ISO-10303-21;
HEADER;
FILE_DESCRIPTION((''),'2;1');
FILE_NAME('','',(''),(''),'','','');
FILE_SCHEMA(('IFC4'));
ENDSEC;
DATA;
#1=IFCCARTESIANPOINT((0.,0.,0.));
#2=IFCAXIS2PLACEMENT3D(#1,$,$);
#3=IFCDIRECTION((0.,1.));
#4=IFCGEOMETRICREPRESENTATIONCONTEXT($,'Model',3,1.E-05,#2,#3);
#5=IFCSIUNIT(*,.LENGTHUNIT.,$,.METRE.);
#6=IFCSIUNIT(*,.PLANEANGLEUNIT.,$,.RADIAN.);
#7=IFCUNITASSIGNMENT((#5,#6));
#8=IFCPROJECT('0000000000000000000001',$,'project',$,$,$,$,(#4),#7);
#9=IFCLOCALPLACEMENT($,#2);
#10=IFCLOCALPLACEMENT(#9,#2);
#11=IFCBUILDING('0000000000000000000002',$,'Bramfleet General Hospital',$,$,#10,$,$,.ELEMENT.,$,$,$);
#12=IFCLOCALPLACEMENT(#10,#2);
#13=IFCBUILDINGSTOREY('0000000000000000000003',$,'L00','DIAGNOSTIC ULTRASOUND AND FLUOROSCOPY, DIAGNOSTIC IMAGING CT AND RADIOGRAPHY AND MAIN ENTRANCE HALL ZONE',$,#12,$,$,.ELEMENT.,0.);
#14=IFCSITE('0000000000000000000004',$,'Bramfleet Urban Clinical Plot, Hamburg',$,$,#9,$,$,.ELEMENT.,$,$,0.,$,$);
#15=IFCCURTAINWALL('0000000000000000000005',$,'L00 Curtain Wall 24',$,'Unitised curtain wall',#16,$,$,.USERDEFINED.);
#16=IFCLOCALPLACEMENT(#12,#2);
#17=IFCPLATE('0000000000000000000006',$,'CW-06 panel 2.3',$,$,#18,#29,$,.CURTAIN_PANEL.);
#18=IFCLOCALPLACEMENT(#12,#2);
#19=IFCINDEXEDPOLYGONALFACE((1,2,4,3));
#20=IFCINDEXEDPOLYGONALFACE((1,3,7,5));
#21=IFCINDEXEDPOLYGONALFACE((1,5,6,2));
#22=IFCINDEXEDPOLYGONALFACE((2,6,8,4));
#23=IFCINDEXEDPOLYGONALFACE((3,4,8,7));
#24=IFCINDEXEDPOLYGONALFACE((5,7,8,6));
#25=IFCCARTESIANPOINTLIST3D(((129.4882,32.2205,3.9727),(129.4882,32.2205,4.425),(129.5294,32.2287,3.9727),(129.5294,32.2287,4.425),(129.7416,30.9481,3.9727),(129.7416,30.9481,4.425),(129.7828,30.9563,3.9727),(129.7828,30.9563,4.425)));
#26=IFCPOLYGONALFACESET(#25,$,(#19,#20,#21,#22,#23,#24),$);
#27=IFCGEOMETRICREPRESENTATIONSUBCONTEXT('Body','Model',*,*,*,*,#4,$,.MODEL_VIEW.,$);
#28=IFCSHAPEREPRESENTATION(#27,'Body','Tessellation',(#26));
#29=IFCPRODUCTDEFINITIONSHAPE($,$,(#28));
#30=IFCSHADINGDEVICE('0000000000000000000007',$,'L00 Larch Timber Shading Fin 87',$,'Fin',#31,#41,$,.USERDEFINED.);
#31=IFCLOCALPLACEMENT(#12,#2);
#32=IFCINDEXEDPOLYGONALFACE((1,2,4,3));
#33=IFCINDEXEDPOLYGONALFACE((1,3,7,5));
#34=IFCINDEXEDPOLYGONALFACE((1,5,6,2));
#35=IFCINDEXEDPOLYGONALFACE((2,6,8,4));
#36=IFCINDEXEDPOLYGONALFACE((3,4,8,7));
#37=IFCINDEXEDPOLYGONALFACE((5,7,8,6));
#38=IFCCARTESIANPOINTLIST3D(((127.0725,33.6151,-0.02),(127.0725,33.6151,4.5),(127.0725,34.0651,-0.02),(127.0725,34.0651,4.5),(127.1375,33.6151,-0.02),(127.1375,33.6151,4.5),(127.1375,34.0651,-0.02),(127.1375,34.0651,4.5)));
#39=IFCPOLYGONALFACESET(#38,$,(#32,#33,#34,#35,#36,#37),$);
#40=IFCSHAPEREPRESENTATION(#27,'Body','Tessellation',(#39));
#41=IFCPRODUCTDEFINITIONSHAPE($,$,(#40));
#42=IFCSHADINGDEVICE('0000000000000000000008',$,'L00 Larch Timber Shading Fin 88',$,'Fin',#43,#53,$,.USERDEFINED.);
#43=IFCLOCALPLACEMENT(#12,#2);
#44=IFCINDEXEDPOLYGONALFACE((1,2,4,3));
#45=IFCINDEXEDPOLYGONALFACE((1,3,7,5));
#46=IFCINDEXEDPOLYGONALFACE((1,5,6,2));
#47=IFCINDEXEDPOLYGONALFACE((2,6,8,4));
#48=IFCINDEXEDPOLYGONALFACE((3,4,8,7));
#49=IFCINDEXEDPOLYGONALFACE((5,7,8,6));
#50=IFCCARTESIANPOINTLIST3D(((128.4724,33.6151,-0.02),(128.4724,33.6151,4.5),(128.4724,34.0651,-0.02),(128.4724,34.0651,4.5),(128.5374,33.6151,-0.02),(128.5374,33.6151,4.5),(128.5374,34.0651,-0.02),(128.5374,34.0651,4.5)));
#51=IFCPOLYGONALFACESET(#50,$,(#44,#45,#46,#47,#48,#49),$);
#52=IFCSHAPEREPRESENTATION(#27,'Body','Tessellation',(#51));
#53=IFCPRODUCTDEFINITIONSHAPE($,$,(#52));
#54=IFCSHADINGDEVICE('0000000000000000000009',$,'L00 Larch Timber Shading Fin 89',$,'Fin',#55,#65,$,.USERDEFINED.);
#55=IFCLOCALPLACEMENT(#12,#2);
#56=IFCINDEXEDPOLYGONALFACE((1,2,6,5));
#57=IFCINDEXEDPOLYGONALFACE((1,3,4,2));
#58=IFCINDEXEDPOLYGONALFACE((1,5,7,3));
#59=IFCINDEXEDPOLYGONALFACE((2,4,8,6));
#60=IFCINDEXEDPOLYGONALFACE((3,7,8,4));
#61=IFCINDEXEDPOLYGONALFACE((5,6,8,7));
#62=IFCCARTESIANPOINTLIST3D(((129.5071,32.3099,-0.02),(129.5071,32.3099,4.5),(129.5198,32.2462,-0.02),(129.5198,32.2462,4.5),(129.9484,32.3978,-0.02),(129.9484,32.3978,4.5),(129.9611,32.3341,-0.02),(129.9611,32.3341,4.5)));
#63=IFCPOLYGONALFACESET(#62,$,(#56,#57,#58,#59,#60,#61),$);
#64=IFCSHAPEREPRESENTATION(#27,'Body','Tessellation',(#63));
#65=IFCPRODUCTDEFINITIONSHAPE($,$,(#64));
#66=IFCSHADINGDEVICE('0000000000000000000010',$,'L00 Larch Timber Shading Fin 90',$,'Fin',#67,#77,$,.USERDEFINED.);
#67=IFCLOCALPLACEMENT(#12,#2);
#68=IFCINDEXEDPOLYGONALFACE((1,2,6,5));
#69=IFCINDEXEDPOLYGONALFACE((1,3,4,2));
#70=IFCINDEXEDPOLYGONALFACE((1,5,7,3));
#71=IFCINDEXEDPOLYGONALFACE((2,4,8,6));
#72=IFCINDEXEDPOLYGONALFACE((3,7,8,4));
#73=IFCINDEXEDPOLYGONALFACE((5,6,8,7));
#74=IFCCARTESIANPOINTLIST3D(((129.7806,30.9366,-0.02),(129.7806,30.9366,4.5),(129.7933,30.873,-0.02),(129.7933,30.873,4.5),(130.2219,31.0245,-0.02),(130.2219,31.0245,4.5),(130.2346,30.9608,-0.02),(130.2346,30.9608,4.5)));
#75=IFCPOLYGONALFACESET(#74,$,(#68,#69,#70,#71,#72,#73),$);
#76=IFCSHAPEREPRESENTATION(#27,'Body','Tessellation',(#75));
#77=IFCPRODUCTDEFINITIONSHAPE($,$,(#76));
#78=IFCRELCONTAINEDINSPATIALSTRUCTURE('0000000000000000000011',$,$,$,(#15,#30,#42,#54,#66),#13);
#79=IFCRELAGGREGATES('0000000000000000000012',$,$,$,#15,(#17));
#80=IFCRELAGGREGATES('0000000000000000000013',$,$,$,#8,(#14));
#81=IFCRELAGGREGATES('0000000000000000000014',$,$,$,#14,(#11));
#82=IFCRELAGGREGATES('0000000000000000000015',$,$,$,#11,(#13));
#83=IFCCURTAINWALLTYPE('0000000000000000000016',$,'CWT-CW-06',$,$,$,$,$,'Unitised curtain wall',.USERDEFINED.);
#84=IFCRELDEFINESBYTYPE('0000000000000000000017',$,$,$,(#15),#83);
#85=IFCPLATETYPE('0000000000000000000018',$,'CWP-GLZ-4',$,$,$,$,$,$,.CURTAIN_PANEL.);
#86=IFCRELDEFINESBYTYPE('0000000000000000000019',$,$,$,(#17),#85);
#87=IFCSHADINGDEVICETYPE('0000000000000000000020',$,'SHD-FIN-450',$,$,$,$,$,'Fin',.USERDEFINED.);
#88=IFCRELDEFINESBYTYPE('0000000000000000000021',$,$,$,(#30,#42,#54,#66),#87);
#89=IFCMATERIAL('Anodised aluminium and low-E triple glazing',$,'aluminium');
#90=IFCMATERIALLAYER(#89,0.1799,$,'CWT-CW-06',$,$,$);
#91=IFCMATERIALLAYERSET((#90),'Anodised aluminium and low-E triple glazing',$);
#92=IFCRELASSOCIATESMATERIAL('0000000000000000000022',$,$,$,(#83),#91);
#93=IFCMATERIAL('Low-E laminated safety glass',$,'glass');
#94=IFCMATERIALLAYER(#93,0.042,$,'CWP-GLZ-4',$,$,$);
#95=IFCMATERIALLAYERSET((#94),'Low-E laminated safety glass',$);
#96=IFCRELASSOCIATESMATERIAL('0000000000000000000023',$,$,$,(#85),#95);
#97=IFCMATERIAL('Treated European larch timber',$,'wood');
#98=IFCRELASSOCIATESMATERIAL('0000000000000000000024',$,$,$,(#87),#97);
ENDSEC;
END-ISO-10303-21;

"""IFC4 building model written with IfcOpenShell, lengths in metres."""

from ifc_helpers import new_model, si_unit, direction, frame, origin, origin_2d, place, context, subcontext, project, spatial, rectangle, extrude, material, layer, layer_set, material_profile, profile_set, type_object, element, aggregate, save


model = new_model("IFC4")

# Units and contexts
model_context = context("Model", 3, precision=1e-05, world=origin(), true_north=direction((0.0, 1.0)))
body_context = subcontext(model_context, "Body", "Model", "MODEL_VIEW")
ifc_project = project(units=[si_unit("LENGTHUNIT", "METRE"), si_unit("PLANEANGLEUNIT", "RADIAN")], contexts=[model_context])

# Site, building, storey
site_placement = place(None, origin())
site = spatial("IfcSite", under=ifc_project, at=site_placement, Name="Bramfleet Urban Clinical Plot, Hamburg", CompositionType="ELEMENT", RefElevation=0.0)
building_placement = place(site_placement, origin())
building = spatial("IfcBuilding", under=site, at=building_placement, Name="Bramfleet General Hospital", CompositionType="ELEMENT")
storey_placement = place(building_placement, origin())
storey = spatial("IfcBuildingStorey", under=building, at=storey_placement, Name="L00", Description="DIAGNOSTIC ULTRASOUND AND FLUOROSCOPY, DIAGNOSTIC IMAGING CT AND RADIOGRAPHY AND MAIN ENTRANCE HALL ZONE", CompositionType="ELEMENT", Elevation=0.0)

# Curtain wall
ifc_material_1 = material(Name="Anodised aluminium and low-E triple glazing", Category="aluminium")
ifc_layer_1 = layer(ifc_material_1, 0.1799, Name="CWT-CW-06")
ifc_layer_set_1 = layer_set([ifc_layer_1], Name="Anodised aluminium and low-E triple glazing")
curtain_wall_type_1 = type_object("IfcCurtainWallType", Name="CWT-CW-06", ElementType="Unitised curtain wall", PredefinedType="USERDEFINED", material=ifc_layer_set_1)
curtain_wall_1_placement = place(storey_placement, origin())
curtain_wall_1 = element("IfcCurtainWall", 1, at=curtain_wall_1_placement, inside=storey, type_object=curtain_wall_type_1, Name="L00 Curtain Wall 24", ObjectType="Unitised curtain wall", PredefinedType="USERDEFINED")

# Plate
ifc_material_2 = material(Name="Low-E laminated safety glass", Category="glass")
ifc_layer_2 = layer(ifc_material_2, 0.042, Name="CWP-GLZ-4")
ifc_layer_set_2 = layer_set([ifc_layer_2], Name="Low-E laminated safety glass")
plate_type_1 = type_object("IfcPlateType", Name="CWP-GLZ-4", PredefinedType="CURTAIN_PANEL", material=ifc_layer_set_2)
plate_1_placement = place(storey_placement, frame((129.6355, 31.5884, 3.9727), z_axis=(0.0, 0.0, 1.0), x_axis=(0.195272, -0.980749, 0.0)))
plate_1 = element("IfcPlate", 2, at=plate_1_placement, type_object=plate_type_1, Name="CW-06 panel 2.3", PredefinedType="CURTAIN_PANEL", context=body_context, shape_type="SweptSolid", body=[
    extrude(rectangle(XDim=1.2974, YDim=0.042, at=origin_2d()), origin(), (0.0, 0.0, 1.0), 0.4524),
])
aggregate(curtain_wall_1, [plate_1])

# Shading devices
ifc_material_3 = material(Name="Treated European larch timber", Category="wood")
ifc_material_profile_1 = material_profile(ifc_material_3, rectangle(XDim=0.0649, YDim=0.45, at=origin_2d()), Name="LARCH FIN 450x65")
ifc_profile_set_1 = profile_set([ifc_material_profile_1], Name="Treated European larch timber")
shading_device_type = type_object("IfcShadingDeviceType", Name="SHD-FIN-450", ElementType="Fin", PredefinedType="USERDEFINED", material=ifc_profile_set_1)
for number, where, z_axis, x_axis, name in (
    (3, (127.105, 33.8401, -0.02), (0.0, 0.0, 1.0), (1.0, 0.0, 0.0), "L00 Larch Timber Shading Fin 87"),
    (4, (128.5049, 33.8401, -0.02), (0.0, 0.0, 1.0), (1.0, 0.0, 0.0), "L00 Larch Timber Shading Fin 88"),
    (5, (129.7341, 32.322, -0.02), (0.0, 0.0, 1.0), (0.195272, -0.980749, 0.0), "L00 Larch Timber Shading Fin 89"),
    (6, (130.0076, 30.9487, -0.02), (0.0, 0.0, 1.0), (0.195272, -0.980749, 0.0), "L00 Larch Timber Shading Fin 90"),
):
    element("IfcShadingDevice", number, at=place(storey_placement, frame(where, z_axis=z_axis, x_axis=x_axis)), inside=storey, type_object=shading_device_type, Name=name, ObjectType="Fin", PredefinedType="USERDEFINED", context=body_context, shape_type="SweptSolid", body=[
        extrude(rectangle(XDim=0.0649, YDim=0.45, at=origin_2d()), origin(), (0.0, 0.0, 1.0), 4.52),
    ])

save(model, "model.ifc")
